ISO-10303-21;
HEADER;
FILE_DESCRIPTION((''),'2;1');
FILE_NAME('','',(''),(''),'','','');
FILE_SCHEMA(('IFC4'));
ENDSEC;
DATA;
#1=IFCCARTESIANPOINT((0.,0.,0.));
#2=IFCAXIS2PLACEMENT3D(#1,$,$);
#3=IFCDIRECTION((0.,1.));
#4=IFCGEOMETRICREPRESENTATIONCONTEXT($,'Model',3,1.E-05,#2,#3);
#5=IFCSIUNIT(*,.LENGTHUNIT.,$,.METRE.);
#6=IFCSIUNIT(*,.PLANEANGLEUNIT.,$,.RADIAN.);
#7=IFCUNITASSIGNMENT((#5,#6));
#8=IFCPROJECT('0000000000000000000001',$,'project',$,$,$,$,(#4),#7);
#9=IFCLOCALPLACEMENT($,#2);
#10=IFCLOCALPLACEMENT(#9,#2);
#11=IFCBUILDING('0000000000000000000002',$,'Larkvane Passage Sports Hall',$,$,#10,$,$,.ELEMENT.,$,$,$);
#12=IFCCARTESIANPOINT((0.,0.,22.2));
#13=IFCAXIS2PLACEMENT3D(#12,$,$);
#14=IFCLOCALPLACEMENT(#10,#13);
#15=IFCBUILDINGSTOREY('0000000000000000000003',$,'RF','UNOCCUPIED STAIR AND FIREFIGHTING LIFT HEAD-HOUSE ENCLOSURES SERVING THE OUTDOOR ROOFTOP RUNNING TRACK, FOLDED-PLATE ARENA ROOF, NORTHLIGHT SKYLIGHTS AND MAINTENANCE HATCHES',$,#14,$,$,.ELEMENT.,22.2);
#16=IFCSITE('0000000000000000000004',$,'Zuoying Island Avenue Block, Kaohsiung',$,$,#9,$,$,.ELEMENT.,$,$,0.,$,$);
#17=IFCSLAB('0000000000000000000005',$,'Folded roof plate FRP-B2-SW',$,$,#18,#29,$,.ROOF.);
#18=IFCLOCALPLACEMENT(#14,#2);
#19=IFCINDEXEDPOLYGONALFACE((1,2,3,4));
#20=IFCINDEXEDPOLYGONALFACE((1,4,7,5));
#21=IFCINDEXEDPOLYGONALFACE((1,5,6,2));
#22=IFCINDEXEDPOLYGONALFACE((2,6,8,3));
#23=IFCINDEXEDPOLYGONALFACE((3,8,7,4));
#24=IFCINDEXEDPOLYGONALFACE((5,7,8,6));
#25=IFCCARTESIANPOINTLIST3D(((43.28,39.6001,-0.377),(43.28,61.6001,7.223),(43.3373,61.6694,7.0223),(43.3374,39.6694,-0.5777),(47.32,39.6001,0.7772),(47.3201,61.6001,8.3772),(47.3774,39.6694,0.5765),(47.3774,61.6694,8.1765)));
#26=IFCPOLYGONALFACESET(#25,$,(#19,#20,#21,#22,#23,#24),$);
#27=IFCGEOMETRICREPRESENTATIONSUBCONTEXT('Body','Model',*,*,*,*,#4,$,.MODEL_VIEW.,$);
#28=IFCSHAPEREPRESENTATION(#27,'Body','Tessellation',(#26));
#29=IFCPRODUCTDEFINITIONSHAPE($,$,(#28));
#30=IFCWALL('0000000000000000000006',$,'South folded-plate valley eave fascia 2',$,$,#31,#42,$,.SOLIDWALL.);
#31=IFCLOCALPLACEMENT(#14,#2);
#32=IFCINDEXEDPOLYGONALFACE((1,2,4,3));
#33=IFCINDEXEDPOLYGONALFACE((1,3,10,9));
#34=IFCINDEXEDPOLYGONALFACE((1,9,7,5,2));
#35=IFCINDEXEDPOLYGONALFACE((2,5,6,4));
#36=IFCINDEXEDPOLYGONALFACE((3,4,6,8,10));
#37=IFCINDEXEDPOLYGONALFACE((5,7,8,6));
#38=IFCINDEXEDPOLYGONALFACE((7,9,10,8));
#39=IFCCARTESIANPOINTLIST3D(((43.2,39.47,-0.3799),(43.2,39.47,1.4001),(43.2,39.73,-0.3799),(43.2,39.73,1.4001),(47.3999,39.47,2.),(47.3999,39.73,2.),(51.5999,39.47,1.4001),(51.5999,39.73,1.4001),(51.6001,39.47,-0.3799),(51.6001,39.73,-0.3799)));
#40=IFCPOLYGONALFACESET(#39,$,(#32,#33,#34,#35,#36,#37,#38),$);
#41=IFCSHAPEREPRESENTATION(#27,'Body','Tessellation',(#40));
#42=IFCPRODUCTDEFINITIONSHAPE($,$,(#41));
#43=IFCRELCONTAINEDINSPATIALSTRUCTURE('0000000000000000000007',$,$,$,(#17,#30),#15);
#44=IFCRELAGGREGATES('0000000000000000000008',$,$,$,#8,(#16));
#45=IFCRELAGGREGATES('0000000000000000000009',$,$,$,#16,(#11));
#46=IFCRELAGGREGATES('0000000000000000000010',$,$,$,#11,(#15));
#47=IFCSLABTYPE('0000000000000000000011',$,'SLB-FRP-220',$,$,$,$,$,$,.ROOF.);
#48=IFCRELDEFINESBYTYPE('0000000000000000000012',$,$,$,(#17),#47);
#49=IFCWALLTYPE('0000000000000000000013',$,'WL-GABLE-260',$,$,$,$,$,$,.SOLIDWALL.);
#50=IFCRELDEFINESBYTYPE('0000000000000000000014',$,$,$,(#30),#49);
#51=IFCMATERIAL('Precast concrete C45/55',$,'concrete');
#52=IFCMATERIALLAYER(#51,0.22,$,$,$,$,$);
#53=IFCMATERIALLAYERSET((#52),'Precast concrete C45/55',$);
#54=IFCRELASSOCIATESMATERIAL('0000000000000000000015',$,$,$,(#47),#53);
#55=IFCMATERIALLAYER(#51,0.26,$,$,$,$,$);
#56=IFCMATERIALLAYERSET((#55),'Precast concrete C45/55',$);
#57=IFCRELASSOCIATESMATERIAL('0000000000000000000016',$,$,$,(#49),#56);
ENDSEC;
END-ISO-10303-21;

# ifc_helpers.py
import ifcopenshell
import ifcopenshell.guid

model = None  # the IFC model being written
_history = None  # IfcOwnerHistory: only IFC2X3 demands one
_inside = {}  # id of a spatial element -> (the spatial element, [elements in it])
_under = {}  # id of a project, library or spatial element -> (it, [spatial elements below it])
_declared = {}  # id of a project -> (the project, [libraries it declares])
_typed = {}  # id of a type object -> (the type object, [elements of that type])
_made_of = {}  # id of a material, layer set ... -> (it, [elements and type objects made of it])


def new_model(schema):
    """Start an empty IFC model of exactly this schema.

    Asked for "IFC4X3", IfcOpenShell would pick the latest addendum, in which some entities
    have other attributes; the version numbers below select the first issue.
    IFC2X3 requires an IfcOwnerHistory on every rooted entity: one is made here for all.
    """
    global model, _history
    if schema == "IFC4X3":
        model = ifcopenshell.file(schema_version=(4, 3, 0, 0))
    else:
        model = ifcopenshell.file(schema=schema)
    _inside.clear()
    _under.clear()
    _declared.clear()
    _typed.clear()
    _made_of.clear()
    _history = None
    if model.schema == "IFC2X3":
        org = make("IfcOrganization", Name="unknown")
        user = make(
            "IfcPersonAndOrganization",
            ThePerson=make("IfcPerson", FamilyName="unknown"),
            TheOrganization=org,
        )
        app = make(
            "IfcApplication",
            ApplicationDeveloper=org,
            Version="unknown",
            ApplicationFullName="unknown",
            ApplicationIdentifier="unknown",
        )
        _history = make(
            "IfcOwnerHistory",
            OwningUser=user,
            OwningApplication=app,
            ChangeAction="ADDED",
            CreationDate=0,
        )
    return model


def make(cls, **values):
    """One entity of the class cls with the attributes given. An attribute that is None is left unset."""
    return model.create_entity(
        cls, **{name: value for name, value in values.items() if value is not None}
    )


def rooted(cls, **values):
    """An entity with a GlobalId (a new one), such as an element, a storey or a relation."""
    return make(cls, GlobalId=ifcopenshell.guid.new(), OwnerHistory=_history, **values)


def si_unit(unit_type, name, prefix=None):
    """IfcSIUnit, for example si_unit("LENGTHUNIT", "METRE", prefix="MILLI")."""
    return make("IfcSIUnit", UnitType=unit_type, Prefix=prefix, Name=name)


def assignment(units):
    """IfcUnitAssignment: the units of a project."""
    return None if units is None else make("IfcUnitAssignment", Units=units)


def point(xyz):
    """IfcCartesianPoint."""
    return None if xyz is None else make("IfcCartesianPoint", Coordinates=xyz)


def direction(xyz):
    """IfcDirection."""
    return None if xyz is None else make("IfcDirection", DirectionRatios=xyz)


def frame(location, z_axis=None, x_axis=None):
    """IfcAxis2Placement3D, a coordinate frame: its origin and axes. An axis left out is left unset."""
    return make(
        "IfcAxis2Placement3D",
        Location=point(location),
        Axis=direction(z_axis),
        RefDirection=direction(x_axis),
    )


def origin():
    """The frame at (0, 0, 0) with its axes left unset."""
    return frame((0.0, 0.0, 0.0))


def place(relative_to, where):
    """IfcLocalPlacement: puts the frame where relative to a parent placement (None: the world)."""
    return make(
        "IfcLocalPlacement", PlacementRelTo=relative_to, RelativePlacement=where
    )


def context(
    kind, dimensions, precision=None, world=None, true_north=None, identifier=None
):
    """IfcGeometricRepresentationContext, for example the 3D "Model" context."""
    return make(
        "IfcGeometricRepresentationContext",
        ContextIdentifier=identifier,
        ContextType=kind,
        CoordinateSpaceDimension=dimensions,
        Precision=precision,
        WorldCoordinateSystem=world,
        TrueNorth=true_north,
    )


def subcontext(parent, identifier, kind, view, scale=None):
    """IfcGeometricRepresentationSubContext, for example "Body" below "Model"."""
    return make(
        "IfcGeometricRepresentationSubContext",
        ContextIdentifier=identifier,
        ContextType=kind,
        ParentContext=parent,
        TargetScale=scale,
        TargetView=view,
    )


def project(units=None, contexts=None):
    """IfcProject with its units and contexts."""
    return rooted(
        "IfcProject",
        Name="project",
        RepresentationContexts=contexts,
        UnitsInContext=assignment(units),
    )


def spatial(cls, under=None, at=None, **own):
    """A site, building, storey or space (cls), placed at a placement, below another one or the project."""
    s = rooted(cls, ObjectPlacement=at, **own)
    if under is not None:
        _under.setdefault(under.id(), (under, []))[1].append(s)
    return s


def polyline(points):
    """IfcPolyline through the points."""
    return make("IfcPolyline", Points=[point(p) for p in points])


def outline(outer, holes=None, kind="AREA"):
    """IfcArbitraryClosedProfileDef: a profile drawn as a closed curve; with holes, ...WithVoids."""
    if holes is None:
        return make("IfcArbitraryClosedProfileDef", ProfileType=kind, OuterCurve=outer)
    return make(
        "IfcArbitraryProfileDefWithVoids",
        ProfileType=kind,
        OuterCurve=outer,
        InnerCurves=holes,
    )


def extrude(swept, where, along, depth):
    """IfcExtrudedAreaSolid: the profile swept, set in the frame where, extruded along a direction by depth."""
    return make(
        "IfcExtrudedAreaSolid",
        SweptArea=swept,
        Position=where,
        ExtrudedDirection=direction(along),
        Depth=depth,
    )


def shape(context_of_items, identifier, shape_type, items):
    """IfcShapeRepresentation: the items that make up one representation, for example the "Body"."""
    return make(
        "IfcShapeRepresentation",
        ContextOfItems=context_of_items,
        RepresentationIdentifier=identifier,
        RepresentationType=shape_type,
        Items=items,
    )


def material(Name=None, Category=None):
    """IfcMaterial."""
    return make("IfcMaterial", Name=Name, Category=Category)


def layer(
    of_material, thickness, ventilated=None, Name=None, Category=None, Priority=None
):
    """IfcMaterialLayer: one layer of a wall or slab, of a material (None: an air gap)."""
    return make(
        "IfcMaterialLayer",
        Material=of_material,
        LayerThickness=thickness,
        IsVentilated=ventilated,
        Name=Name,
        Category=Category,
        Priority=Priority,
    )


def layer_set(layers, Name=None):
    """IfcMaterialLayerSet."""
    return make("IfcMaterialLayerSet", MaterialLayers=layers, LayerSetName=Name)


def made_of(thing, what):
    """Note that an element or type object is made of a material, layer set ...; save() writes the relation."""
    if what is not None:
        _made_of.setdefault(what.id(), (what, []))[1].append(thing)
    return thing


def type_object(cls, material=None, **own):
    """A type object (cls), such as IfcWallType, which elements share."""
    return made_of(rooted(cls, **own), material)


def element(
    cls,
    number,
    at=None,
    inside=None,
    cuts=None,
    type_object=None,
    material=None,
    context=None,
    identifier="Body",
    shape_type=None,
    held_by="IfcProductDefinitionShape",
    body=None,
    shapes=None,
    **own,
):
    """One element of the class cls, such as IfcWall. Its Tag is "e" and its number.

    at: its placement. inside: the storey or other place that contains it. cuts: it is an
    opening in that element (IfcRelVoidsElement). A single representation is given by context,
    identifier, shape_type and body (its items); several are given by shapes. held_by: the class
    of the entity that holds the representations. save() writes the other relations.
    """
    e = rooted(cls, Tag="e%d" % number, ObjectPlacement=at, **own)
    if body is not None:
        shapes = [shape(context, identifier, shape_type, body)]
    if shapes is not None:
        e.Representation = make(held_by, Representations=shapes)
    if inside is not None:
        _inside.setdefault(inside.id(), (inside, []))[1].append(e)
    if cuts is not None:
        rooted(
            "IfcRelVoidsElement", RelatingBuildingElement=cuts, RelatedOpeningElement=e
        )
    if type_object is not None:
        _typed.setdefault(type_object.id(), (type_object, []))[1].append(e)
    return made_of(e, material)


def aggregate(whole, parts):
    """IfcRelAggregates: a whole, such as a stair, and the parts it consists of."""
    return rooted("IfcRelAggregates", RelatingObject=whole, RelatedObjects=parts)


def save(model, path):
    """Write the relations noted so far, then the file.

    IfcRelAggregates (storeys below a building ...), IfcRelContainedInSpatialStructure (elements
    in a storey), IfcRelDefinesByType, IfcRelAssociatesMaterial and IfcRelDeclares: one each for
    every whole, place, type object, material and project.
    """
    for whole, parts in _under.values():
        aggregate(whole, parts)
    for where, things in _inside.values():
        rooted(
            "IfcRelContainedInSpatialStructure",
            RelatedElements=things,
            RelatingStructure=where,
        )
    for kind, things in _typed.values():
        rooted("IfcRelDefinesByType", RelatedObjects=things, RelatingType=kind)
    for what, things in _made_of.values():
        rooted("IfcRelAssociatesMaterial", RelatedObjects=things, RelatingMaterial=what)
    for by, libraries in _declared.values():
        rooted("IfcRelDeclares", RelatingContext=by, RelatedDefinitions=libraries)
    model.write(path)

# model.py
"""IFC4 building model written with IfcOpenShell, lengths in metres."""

from ifc_helpers import new_model, si_unit, direction, frame, origin, place, context, subcontext, project, spatial, polyline, outline, extrude, material, layer, layer_set, type_object, element, save


model = new_model("IFC4")

# Units and contexts
model_context = context("Model", 3, precision=1e-05, world=origin(), true_north=direction((0.0, 1.0)))
body_context = subcontext(model_context, "Body", "Model", "MODEL_VIEW")
ifc_project = project(units=[si_unit("LENGTHUNIT", "METRE"), si_unit("PLANEANGLEUNIT", "RADIAN")], contexts=[model_context])

# Site, building, storey
site_placement = place(None, origin())
site = spatial("IfcSite", under=ifc_project, at=site_placement, Name="Zuoying Island Avenue Block, Kaohsiung", CompositionType="ELEMENT", RefElevation=0.0)
building_placement = place(site_placement, origin())
building = spatial("IfcBuilding", under=site, at=building_placement, Name="Larkvane Passage Sports Hall", CompositionType="ELEMENT")
storey_placement = place(building_placement, frame((0.0, 0.0, 22.2)))
storey = spatial("IfcBuildingStorey", under=building, at=storey_placement, Name="RF", Description="UNOCCUPIED STAIR AND FIREFIGHTING LIFT HEAD-HOUSE ENCLOSURES SERVING THE OUTDOOR ROOFTOP RUNNING TRACK, FOLDED-PLATE ARENA ROOF, NORTHLIGHT SKYLIGHTS AND MAINTENANCE HATCHES", CompositionType="ELEMENT", Elevation=22.2)

# Slab
ifc_material_1 = material(Name="Precast concrete C45/55", Category="concrete")
ifc_layer_1 = layer(ifc_material_1, 0.22)
ifc_layer_set_1 = layer_set([ifc_layer_1], Name="Precast concrete C45/55")
slab_type_1 = type_object("IfcSlabType", Name="SLB-FRP-220", PredefinedType="ROOF", material=ifc_layer_set_1)
slab_1_placement = place(storey_placement, frame((43.28, 39.6001, -0.377), z_axis=(-0.260689, -0.315229, 0.912508), x_axis=(0.961532, -0.000008, 0.274692)))
element("IfcSlab", 1, at=slab_1_placement, inside=storey, type_object=slab_type_1, Name="Folded roof plate FRP-B2-SW", PredefinedType="ROOF", context=body_context, shape_type="SweptSolid", body=[
    extrude(outline(polyline([(0.0, 0.0), (4.2016, 0.0), (6.2891, 23.182), (2.0874, 23.1819), (0.0, 0.0)])), origin(), (0.0, 0.0, -1.0), 0.22),
])

# Wall
ifc_layer_2 = layer(ifc_material_1, 0.26)
ifc_layer_set_2 = layer_set([ifc_layer_2], Name="Precast concrete C45/55")
wall_type = type_object("IfcWallType", Name="WL-GABLE-260", PredefinedType="SOLIDWALL", material=ifc_layer_set_2)
wall_placement = place(storey_placement, frame((43.2, 39.6001, -0.3799), z_axis=(0.0, 0.0, 1.0), x_axis=(1.0, 0.0, 0.0)))
element("IfcWall", 2, at=wall_placement, inside=storey, type_object=wall_type, Name="South folded-plate valley eave fascia 2", PredefinedType="SOLIDWALL", context=body_context, shape_type="SweptSolid", body=[
    extrude(outline(polyline([(0.0, 0.0), (8.4001, 0.0), (8.3999, 1.78), (4.2, 2.3799), (0.0, 1.78), (0.0, 0.0)])), frame((0.0, 0.1299, 0.0), z_axis=(0.0, -1.0, 0.0), x_axis=(1.0, 0.0, 0.0)), (0.0, 0.0, 1.0), 0.26),
])

save(model, "model.ifc")
